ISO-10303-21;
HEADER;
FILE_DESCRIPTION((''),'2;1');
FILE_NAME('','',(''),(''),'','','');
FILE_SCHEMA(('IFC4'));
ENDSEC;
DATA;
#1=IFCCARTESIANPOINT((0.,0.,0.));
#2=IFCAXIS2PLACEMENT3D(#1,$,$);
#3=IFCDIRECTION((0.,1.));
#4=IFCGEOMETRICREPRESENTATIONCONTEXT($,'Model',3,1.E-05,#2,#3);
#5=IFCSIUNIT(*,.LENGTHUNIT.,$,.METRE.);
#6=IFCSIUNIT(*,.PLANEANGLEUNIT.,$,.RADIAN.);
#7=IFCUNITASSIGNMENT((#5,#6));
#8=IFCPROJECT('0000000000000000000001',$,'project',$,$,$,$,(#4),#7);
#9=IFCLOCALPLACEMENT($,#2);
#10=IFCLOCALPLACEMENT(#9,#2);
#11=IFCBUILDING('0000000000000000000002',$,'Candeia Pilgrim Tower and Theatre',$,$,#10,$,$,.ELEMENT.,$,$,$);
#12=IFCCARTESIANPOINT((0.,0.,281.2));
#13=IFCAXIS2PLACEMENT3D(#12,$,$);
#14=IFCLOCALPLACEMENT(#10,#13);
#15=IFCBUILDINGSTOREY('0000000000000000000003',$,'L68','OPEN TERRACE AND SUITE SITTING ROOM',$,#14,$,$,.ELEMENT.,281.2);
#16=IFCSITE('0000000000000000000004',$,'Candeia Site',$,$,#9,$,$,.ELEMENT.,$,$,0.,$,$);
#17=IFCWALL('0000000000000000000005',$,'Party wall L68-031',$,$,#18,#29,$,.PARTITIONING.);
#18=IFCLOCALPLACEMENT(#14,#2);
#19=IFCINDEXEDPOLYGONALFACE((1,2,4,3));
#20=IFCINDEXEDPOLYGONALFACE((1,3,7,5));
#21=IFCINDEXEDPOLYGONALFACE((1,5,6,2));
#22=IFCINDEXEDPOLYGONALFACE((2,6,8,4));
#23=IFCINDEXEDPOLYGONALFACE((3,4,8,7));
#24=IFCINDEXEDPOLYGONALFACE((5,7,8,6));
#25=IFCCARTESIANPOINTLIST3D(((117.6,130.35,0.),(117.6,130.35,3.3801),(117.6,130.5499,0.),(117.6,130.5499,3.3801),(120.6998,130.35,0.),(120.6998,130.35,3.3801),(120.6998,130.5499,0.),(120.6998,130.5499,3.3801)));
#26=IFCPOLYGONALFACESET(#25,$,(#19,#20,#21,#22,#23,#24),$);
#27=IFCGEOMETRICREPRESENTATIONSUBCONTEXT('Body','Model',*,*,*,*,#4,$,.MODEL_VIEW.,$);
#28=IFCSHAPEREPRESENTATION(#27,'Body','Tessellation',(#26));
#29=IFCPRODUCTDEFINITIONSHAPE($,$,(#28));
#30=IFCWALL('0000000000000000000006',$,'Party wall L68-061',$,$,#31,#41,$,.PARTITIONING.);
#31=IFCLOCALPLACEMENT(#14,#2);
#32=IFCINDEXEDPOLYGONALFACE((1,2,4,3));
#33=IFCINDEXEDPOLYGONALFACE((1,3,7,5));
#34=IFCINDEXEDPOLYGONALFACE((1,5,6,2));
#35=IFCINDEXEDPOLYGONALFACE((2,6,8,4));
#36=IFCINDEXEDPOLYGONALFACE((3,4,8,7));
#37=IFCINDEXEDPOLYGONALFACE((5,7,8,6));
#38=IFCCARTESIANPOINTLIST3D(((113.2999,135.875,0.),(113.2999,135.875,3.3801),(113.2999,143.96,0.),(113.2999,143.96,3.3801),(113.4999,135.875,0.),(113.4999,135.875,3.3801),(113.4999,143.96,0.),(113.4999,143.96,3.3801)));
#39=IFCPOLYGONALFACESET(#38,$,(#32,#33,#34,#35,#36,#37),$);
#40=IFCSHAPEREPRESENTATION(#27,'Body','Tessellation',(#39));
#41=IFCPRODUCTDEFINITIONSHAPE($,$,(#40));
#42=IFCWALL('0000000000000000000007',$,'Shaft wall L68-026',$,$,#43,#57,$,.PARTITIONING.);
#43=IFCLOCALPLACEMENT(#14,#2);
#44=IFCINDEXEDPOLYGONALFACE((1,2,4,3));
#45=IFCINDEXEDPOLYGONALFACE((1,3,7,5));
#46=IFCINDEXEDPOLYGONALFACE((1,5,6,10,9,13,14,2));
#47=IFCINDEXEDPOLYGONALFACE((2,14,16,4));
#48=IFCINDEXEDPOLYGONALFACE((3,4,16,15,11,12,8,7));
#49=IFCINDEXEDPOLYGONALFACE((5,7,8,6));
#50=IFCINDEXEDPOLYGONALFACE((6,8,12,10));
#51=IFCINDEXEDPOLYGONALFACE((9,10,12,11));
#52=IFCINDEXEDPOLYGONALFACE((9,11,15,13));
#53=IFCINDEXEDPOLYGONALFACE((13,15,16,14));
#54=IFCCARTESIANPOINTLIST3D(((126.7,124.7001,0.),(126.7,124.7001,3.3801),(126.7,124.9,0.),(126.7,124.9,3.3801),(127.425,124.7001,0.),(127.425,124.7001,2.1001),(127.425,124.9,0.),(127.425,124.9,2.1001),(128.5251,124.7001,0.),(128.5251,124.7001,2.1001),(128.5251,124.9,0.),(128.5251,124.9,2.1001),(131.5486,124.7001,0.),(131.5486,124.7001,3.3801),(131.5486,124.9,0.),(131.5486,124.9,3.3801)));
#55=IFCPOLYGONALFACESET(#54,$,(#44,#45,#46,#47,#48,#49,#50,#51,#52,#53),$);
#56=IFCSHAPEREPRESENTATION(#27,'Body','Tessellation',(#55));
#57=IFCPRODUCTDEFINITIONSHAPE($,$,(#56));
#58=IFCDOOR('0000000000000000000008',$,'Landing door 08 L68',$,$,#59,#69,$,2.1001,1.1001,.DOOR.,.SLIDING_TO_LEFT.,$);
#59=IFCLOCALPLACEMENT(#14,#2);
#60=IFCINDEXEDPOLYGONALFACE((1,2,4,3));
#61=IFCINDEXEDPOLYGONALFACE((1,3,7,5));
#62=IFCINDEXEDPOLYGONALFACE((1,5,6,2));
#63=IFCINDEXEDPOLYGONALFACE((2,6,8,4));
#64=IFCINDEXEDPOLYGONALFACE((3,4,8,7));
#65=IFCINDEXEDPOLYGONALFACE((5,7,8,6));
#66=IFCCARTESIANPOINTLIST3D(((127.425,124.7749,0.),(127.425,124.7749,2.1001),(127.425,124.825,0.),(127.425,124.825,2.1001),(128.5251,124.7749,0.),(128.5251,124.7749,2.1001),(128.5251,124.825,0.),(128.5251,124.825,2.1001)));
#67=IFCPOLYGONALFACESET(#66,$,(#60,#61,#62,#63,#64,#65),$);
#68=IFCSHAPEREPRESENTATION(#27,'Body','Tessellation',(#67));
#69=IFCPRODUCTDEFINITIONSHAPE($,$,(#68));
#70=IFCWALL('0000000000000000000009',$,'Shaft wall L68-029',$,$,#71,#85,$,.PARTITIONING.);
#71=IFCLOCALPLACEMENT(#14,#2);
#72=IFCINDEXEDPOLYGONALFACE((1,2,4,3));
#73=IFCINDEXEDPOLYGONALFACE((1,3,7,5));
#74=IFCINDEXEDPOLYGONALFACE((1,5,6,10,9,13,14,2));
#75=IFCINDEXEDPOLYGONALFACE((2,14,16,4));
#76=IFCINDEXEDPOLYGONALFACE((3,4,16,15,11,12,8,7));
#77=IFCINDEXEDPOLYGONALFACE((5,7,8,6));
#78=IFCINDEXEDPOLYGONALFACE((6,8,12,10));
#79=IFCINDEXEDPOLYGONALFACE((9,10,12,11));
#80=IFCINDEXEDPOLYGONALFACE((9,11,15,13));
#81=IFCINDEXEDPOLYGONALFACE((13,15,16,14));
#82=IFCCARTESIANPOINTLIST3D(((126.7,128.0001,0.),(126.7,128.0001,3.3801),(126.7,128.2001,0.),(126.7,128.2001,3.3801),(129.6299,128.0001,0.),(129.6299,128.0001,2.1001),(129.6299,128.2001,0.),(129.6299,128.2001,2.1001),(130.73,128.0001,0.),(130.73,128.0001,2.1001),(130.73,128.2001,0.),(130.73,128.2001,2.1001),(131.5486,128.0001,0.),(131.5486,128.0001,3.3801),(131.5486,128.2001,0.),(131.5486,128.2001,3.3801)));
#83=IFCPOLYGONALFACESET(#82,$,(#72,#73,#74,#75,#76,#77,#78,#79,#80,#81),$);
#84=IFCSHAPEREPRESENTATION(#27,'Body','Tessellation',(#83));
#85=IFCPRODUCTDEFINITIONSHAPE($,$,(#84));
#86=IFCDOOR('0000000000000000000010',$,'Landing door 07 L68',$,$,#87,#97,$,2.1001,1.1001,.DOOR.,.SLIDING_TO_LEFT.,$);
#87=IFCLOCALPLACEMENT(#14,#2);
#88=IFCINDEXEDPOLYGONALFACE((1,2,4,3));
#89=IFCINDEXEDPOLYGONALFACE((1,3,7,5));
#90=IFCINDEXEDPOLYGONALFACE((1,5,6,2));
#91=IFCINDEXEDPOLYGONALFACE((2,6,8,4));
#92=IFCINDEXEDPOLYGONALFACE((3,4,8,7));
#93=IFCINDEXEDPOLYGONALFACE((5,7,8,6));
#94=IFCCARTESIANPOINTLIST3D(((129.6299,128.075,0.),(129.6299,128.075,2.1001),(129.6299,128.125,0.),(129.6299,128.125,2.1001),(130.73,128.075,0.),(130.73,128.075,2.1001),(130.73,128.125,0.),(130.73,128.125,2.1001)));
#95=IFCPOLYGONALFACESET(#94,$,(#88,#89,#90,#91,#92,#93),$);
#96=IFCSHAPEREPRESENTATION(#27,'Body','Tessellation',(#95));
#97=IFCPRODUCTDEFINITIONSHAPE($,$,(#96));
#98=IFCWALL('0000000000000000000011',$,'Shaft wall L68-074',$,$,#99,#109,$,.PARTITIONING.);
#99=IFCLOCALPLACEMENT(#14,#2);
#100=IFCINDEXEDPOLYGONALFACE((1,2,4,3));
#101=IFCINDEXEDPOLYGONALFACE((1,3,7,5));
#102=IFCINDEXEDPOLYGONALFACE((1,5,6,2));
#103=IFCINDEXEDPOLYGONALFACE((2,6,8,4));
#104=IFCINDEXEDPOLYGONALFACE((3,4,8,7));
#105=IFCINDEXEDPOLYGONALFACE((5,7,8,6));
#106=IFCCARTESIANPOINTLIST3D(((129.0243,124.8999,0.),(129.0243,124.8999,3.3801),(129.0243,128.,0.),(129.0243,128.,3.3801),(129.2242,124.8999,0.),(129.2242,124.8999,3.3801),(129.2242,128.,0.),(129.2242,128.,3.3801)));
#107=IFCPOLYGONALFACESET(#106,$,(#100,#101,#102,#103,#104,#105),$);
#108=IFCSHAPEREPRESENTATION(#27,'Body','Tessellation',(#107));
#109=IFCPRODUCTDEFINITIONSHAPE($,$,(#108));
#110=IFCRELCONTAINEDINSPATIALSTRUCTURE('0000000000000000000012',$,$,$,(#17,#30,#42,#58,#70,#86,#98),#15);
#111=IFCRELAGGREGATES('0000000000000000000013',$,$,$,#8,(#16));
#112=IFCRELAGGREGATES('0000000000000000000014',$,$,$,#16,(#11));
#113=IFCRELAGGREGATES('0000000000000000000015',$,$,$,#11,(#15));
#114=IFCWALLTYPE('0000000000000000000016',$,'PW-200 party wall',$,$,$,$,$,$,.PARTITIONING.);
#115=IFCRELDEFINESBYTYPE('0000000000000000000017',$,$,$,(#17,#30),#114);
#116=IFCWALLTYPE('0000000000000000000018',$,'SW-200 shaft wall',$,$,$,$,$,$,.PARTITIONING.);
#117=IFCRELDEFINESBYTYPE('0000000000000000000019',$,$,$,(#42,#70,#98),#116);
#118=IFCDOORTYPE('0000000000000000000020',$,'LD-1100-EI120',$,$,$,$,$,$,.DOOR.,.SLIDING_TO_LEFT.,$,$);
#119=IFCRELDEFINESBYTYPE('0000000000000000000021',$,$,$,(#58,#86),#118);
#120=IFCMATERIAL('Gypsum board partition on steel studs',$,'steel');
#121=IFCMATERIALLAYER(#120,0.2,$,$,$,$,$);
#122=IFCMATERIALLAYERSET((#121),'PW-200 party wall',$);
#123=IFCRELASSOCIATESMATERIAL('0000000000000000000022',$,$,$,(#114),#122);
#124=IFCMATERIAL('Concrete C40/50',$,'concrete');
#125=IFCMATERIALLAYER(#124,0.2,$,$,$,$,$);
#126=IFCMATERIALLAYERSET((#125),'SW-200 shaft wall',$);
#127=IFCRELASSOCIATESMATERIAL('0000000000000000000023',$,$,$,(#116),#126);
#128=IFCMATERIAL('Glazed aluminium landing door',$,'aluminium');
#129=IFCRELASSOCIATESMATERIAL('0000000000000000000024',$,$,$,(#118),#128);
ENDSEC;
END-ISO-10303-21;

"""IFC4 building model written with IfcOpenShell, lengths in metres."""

from ifc_helpers import new_model, si_unit, direction, frame, frame_2d, origin, place, context, subcontext, project, spatial, rectangle, extrude, material, layer, layer_set, type_object, element, fill, save


model = new_model("IFC4")

# Units and contexts
model_context = context("Model", 3, precision=1e-05, world=origin(), true_north=direction((0.0, 1.0)))
body_context = subcontext(model_context, "Body", "Model", "MODEL_VIEW")
ifc_project = project(units=[si_unit("LENGTHUNIT", "METRE"), si_unit("PLANEANGLEUNIT", "RADIAN")], contexts=[model_context])

# Site, building, storey
site_placement = place(None, origin())
site = spatial("IfcSite", under=ifc_project, at=site_placement, Name="Candeia Site", CompositionType="ELEMENT", RefElevation=0.0)
building_placement = place(site_placement, origin())
building = spatial("IfcBuilding", under=site, at=building_placement, Name="Candeia Pilgrim Tower and Theatre", CompositionType="ELEMENT")
storey_placement = place(building_placement, frame((0.0, 0.0, 281.2)))
storey = spatial("IfcBuildingStorey", under=building, at=storey_placement, Name="L68", Description="OPEN TERRACE AND SUITE SITTING ROOM", CompositionType="ELEMENT", Elevation=281.2)

# Shared definitions
ifc_material_1 = material(Name="Concrete C40/50", Category="concrete")

# Shared definitions
ifc_material_2 = material(Name="Gypsum board partition on steel studs", Category="steel")

# Walls
ifc_layer_1 = layer(ifc_material_2, 0.2)
ifc_layer_set_1 = layer_set([ifc_layer_1], Name="PW-200 party wall")
wall_type_1 = type_object("IfcWallType", Name="PW-200 party wall", PredefinedType="PARTITIONING", material=ifc_layer_set_1)
wall_1_placement = place(storey_placement, frame((117.6001, 130.45, 0.0), z_axis=(0.0, 0.0, 1.0), x_axis=(1.0, 0.0, 0.0)))
element("IfcWall", 1, at=wall_1_placement, inside=storey, type_object=wall_type_1, Name="Party wall L68-031", PredefinedType="PARTITIONING", context=body_context, shape_type="SweptSolid", body=[
    extrude(rectangle(XDim=3.0999, YDim=0.2, at=frame_2d((1.5498, 0.0))), origin(), (0.0, 0.0, 1.0), 3.3801),
])
wall_2_placement = place(storey_placement, frame((113.3999, 135.875, 0.0), z_axis=(0.0, 0.0, 1.0), x_axis=(0.0, 1.0, 0.0)))
element("IfcWall", 2, at=wall_2_placement, inside=storey, type_object=wall_type_1, Name="Party wall L68-061", PredefinedType="PARTITIONING", context=body_context, shape_type="SweptSolid", body=[
    extrude(rectangle(XDim=8.085, YDim=0.2, at=frame_2d((4.0425, 0.0))), origin(), (0.0, 0.0, 1.0), 3.3801),
])

# Walls, openings, doors
ifc_layer_2 = layer(ifc_material_1, 0.2)
ifc_layer_set_2 = layer_set([ifc_layer_2], Name="SW-200 shaft wall")
wall_type_2 = type_object("IfcWallType", Name="SW-200 shaft wall", PredefinedType="PARTITIONING", material=ifc_layer_set_2)
wall_3_placement = place(storey_placement, frame((126.7, 124.8, 0.0), z_axis=(0.0, 0.0, 1.0), x_axis=(1.0, 0.0, 0.0)))
wall_3 = element("IfcWall", 3, at=wall_3_placement, inside=storey, type_object=wall_type_2, Name="Shaft wall L68-026", PredefinedType="PARTITIONING", context=body_context, shape_type="SweptSolid", body=[
    extrude(rectangle(XDim=4.8486, YDim=0.2, at=frame_2d((2.4243, 0.0))), origin(), (0.0, 0.0, 1.0), 3.3801),
])
opening_1_placement = place(wall_3_placement, frame((0.7251, 0.0, 0.0)))
opening_1 = element("IfcOpeningElement", 4, at=opening_1_placement, cuts=wall_3, PredefinedType="OPENING", context=body_context, shape_type="SweptSolid", body=[
    extrude(rectangle(XDim=1.1001, YDim=2.1001, at=frame_2d((0.55, 1.05))), frame((0.0, 0.1099, 0.0), z_axis=(0.0, -1.0, 0.0), x_axis=(1.0, 0.0, 0.0)), (0.0, 0.0, 1.0), 0.22),
])
ifc_material_3 = material(Name="Glazed aluminium landing door", Category="aluminium")
door_type_1 = type_object("IfcDoorType", Name="LD-1100-EI120", OperationType="SLIDING_TO_LEFT", PredefinedType="DOOR", material=ifc_material_3)
door_1_placement = place(opening_1_placement, origin())
door_1 = element("IfcDoor", 5, at=door_1_placement, inside=storey, type_object=door_type_1, Name="Landing door 08 L68", OperationType="SLIDING_TO_LEFT", OverallHeight=2.1001, OverallWidth=1.1001, PredefinedType="DOOR", context=body_context, shape_type="SweptSolid", body=[
    extrude(rectangle(XDim=1.1001, YDim=2.1001, at=frame_2d((0.55, 1.05))), frame((0.0, 0.0249, 0.0), z_axis=(0.0, -1.0, 0.0), x_axis=(1.0, 0.0, 0.0)), (0.0, 0.0, 1.0), 0.05),
])
fill(opening_1, door_1)
wall_4_placement = place(storey_placement, frame((126.7, 128.1001, 0.0), z_axis=(0.0, 0.0, 1.0), x_axis=(1.0, 0.0, 0.0)))
wall_4 = element("IfcWall", 6, at=wall_4_placement, inside=storey, type_object=wall_type_2, Name="Shaft wall L68-029", PredefinedType="PARTITIONING", context=body_context, shape_type="SweptSolid", body=[
    extrude(rectangle(XDim=4.8486, YDim=0.2, at=frame_2d((2.4243, 0.0))), origin(), (0.0, 0.0, 1.0), 3.3801),
])
opening_2_placement = place(wall_4_placement, frame((2.9299, 0.0, 0.0)))
opening_2 = element("IfcOpeningElement", 7, at=opening_2_placement, cuts=wall_4, PredefinedType="OPENING", context=body_context, shape_type="SweptSolid", body=[
    extrude(rectangle(XDim=1.1001, YDim=2.1001, at=frame_2d((0.55, 1.05))), frame((0.0, 0.1099, 0.0), z_axis=(0.0, -1.0, 0.0), x_axis=(1.0, 0.0, 0.0)), (0.0, 0.0, 1.0), 0.22),
])
door_2_placement = place(opening_2_placement, origin())
door_2 = element("IfcDoor", 8, at=door_2_placement, inside=storey, type_object=door_type_1, Name="Landing door 07 L68", OperationType="SLIDING_TO_LEFT", OverallHeight=2.1001, OverallWidth=1.1001, PredefinedType="DOOR", context=body_context, shape_type="SweptSolid", body=[
    extrude(rectangle(XDim=1.1001, YDim=2.1001, at=frame_2d((0.55, 1.05))), frame((0.0, 0.0249, 0.0), z_axis=(0.0, -1.0, 0.0), x_axis=(1.0, 0.0, 0.0)), (0.0, 0.0, 1.0), 0.05),
])
fill(opening_2, door_2)

# Wall
wall_5_placement = place(storey_placement, frame((129.1243, 124.8999, 0.0), z_axis=(0.0, 0.0, 1.0), x_axis=(0.0, 1.0, 0.0)))
element("IfcWall", 9, at=wall_5_placement, inside=storey, type_object=wall_type_2, Name="Shaft wall L68-074", PredefinedType="PARTITIONING", context=body_context, shape_type="SweptSolid", body=[
    extrude(rectangle(XDim=3.1001, YDim=0.2, at=frame_2d((1.55, 0.0))), origin(), (0.0, 0.0, 1.0), 3.3801),
])

save(model, "model.ifc")
